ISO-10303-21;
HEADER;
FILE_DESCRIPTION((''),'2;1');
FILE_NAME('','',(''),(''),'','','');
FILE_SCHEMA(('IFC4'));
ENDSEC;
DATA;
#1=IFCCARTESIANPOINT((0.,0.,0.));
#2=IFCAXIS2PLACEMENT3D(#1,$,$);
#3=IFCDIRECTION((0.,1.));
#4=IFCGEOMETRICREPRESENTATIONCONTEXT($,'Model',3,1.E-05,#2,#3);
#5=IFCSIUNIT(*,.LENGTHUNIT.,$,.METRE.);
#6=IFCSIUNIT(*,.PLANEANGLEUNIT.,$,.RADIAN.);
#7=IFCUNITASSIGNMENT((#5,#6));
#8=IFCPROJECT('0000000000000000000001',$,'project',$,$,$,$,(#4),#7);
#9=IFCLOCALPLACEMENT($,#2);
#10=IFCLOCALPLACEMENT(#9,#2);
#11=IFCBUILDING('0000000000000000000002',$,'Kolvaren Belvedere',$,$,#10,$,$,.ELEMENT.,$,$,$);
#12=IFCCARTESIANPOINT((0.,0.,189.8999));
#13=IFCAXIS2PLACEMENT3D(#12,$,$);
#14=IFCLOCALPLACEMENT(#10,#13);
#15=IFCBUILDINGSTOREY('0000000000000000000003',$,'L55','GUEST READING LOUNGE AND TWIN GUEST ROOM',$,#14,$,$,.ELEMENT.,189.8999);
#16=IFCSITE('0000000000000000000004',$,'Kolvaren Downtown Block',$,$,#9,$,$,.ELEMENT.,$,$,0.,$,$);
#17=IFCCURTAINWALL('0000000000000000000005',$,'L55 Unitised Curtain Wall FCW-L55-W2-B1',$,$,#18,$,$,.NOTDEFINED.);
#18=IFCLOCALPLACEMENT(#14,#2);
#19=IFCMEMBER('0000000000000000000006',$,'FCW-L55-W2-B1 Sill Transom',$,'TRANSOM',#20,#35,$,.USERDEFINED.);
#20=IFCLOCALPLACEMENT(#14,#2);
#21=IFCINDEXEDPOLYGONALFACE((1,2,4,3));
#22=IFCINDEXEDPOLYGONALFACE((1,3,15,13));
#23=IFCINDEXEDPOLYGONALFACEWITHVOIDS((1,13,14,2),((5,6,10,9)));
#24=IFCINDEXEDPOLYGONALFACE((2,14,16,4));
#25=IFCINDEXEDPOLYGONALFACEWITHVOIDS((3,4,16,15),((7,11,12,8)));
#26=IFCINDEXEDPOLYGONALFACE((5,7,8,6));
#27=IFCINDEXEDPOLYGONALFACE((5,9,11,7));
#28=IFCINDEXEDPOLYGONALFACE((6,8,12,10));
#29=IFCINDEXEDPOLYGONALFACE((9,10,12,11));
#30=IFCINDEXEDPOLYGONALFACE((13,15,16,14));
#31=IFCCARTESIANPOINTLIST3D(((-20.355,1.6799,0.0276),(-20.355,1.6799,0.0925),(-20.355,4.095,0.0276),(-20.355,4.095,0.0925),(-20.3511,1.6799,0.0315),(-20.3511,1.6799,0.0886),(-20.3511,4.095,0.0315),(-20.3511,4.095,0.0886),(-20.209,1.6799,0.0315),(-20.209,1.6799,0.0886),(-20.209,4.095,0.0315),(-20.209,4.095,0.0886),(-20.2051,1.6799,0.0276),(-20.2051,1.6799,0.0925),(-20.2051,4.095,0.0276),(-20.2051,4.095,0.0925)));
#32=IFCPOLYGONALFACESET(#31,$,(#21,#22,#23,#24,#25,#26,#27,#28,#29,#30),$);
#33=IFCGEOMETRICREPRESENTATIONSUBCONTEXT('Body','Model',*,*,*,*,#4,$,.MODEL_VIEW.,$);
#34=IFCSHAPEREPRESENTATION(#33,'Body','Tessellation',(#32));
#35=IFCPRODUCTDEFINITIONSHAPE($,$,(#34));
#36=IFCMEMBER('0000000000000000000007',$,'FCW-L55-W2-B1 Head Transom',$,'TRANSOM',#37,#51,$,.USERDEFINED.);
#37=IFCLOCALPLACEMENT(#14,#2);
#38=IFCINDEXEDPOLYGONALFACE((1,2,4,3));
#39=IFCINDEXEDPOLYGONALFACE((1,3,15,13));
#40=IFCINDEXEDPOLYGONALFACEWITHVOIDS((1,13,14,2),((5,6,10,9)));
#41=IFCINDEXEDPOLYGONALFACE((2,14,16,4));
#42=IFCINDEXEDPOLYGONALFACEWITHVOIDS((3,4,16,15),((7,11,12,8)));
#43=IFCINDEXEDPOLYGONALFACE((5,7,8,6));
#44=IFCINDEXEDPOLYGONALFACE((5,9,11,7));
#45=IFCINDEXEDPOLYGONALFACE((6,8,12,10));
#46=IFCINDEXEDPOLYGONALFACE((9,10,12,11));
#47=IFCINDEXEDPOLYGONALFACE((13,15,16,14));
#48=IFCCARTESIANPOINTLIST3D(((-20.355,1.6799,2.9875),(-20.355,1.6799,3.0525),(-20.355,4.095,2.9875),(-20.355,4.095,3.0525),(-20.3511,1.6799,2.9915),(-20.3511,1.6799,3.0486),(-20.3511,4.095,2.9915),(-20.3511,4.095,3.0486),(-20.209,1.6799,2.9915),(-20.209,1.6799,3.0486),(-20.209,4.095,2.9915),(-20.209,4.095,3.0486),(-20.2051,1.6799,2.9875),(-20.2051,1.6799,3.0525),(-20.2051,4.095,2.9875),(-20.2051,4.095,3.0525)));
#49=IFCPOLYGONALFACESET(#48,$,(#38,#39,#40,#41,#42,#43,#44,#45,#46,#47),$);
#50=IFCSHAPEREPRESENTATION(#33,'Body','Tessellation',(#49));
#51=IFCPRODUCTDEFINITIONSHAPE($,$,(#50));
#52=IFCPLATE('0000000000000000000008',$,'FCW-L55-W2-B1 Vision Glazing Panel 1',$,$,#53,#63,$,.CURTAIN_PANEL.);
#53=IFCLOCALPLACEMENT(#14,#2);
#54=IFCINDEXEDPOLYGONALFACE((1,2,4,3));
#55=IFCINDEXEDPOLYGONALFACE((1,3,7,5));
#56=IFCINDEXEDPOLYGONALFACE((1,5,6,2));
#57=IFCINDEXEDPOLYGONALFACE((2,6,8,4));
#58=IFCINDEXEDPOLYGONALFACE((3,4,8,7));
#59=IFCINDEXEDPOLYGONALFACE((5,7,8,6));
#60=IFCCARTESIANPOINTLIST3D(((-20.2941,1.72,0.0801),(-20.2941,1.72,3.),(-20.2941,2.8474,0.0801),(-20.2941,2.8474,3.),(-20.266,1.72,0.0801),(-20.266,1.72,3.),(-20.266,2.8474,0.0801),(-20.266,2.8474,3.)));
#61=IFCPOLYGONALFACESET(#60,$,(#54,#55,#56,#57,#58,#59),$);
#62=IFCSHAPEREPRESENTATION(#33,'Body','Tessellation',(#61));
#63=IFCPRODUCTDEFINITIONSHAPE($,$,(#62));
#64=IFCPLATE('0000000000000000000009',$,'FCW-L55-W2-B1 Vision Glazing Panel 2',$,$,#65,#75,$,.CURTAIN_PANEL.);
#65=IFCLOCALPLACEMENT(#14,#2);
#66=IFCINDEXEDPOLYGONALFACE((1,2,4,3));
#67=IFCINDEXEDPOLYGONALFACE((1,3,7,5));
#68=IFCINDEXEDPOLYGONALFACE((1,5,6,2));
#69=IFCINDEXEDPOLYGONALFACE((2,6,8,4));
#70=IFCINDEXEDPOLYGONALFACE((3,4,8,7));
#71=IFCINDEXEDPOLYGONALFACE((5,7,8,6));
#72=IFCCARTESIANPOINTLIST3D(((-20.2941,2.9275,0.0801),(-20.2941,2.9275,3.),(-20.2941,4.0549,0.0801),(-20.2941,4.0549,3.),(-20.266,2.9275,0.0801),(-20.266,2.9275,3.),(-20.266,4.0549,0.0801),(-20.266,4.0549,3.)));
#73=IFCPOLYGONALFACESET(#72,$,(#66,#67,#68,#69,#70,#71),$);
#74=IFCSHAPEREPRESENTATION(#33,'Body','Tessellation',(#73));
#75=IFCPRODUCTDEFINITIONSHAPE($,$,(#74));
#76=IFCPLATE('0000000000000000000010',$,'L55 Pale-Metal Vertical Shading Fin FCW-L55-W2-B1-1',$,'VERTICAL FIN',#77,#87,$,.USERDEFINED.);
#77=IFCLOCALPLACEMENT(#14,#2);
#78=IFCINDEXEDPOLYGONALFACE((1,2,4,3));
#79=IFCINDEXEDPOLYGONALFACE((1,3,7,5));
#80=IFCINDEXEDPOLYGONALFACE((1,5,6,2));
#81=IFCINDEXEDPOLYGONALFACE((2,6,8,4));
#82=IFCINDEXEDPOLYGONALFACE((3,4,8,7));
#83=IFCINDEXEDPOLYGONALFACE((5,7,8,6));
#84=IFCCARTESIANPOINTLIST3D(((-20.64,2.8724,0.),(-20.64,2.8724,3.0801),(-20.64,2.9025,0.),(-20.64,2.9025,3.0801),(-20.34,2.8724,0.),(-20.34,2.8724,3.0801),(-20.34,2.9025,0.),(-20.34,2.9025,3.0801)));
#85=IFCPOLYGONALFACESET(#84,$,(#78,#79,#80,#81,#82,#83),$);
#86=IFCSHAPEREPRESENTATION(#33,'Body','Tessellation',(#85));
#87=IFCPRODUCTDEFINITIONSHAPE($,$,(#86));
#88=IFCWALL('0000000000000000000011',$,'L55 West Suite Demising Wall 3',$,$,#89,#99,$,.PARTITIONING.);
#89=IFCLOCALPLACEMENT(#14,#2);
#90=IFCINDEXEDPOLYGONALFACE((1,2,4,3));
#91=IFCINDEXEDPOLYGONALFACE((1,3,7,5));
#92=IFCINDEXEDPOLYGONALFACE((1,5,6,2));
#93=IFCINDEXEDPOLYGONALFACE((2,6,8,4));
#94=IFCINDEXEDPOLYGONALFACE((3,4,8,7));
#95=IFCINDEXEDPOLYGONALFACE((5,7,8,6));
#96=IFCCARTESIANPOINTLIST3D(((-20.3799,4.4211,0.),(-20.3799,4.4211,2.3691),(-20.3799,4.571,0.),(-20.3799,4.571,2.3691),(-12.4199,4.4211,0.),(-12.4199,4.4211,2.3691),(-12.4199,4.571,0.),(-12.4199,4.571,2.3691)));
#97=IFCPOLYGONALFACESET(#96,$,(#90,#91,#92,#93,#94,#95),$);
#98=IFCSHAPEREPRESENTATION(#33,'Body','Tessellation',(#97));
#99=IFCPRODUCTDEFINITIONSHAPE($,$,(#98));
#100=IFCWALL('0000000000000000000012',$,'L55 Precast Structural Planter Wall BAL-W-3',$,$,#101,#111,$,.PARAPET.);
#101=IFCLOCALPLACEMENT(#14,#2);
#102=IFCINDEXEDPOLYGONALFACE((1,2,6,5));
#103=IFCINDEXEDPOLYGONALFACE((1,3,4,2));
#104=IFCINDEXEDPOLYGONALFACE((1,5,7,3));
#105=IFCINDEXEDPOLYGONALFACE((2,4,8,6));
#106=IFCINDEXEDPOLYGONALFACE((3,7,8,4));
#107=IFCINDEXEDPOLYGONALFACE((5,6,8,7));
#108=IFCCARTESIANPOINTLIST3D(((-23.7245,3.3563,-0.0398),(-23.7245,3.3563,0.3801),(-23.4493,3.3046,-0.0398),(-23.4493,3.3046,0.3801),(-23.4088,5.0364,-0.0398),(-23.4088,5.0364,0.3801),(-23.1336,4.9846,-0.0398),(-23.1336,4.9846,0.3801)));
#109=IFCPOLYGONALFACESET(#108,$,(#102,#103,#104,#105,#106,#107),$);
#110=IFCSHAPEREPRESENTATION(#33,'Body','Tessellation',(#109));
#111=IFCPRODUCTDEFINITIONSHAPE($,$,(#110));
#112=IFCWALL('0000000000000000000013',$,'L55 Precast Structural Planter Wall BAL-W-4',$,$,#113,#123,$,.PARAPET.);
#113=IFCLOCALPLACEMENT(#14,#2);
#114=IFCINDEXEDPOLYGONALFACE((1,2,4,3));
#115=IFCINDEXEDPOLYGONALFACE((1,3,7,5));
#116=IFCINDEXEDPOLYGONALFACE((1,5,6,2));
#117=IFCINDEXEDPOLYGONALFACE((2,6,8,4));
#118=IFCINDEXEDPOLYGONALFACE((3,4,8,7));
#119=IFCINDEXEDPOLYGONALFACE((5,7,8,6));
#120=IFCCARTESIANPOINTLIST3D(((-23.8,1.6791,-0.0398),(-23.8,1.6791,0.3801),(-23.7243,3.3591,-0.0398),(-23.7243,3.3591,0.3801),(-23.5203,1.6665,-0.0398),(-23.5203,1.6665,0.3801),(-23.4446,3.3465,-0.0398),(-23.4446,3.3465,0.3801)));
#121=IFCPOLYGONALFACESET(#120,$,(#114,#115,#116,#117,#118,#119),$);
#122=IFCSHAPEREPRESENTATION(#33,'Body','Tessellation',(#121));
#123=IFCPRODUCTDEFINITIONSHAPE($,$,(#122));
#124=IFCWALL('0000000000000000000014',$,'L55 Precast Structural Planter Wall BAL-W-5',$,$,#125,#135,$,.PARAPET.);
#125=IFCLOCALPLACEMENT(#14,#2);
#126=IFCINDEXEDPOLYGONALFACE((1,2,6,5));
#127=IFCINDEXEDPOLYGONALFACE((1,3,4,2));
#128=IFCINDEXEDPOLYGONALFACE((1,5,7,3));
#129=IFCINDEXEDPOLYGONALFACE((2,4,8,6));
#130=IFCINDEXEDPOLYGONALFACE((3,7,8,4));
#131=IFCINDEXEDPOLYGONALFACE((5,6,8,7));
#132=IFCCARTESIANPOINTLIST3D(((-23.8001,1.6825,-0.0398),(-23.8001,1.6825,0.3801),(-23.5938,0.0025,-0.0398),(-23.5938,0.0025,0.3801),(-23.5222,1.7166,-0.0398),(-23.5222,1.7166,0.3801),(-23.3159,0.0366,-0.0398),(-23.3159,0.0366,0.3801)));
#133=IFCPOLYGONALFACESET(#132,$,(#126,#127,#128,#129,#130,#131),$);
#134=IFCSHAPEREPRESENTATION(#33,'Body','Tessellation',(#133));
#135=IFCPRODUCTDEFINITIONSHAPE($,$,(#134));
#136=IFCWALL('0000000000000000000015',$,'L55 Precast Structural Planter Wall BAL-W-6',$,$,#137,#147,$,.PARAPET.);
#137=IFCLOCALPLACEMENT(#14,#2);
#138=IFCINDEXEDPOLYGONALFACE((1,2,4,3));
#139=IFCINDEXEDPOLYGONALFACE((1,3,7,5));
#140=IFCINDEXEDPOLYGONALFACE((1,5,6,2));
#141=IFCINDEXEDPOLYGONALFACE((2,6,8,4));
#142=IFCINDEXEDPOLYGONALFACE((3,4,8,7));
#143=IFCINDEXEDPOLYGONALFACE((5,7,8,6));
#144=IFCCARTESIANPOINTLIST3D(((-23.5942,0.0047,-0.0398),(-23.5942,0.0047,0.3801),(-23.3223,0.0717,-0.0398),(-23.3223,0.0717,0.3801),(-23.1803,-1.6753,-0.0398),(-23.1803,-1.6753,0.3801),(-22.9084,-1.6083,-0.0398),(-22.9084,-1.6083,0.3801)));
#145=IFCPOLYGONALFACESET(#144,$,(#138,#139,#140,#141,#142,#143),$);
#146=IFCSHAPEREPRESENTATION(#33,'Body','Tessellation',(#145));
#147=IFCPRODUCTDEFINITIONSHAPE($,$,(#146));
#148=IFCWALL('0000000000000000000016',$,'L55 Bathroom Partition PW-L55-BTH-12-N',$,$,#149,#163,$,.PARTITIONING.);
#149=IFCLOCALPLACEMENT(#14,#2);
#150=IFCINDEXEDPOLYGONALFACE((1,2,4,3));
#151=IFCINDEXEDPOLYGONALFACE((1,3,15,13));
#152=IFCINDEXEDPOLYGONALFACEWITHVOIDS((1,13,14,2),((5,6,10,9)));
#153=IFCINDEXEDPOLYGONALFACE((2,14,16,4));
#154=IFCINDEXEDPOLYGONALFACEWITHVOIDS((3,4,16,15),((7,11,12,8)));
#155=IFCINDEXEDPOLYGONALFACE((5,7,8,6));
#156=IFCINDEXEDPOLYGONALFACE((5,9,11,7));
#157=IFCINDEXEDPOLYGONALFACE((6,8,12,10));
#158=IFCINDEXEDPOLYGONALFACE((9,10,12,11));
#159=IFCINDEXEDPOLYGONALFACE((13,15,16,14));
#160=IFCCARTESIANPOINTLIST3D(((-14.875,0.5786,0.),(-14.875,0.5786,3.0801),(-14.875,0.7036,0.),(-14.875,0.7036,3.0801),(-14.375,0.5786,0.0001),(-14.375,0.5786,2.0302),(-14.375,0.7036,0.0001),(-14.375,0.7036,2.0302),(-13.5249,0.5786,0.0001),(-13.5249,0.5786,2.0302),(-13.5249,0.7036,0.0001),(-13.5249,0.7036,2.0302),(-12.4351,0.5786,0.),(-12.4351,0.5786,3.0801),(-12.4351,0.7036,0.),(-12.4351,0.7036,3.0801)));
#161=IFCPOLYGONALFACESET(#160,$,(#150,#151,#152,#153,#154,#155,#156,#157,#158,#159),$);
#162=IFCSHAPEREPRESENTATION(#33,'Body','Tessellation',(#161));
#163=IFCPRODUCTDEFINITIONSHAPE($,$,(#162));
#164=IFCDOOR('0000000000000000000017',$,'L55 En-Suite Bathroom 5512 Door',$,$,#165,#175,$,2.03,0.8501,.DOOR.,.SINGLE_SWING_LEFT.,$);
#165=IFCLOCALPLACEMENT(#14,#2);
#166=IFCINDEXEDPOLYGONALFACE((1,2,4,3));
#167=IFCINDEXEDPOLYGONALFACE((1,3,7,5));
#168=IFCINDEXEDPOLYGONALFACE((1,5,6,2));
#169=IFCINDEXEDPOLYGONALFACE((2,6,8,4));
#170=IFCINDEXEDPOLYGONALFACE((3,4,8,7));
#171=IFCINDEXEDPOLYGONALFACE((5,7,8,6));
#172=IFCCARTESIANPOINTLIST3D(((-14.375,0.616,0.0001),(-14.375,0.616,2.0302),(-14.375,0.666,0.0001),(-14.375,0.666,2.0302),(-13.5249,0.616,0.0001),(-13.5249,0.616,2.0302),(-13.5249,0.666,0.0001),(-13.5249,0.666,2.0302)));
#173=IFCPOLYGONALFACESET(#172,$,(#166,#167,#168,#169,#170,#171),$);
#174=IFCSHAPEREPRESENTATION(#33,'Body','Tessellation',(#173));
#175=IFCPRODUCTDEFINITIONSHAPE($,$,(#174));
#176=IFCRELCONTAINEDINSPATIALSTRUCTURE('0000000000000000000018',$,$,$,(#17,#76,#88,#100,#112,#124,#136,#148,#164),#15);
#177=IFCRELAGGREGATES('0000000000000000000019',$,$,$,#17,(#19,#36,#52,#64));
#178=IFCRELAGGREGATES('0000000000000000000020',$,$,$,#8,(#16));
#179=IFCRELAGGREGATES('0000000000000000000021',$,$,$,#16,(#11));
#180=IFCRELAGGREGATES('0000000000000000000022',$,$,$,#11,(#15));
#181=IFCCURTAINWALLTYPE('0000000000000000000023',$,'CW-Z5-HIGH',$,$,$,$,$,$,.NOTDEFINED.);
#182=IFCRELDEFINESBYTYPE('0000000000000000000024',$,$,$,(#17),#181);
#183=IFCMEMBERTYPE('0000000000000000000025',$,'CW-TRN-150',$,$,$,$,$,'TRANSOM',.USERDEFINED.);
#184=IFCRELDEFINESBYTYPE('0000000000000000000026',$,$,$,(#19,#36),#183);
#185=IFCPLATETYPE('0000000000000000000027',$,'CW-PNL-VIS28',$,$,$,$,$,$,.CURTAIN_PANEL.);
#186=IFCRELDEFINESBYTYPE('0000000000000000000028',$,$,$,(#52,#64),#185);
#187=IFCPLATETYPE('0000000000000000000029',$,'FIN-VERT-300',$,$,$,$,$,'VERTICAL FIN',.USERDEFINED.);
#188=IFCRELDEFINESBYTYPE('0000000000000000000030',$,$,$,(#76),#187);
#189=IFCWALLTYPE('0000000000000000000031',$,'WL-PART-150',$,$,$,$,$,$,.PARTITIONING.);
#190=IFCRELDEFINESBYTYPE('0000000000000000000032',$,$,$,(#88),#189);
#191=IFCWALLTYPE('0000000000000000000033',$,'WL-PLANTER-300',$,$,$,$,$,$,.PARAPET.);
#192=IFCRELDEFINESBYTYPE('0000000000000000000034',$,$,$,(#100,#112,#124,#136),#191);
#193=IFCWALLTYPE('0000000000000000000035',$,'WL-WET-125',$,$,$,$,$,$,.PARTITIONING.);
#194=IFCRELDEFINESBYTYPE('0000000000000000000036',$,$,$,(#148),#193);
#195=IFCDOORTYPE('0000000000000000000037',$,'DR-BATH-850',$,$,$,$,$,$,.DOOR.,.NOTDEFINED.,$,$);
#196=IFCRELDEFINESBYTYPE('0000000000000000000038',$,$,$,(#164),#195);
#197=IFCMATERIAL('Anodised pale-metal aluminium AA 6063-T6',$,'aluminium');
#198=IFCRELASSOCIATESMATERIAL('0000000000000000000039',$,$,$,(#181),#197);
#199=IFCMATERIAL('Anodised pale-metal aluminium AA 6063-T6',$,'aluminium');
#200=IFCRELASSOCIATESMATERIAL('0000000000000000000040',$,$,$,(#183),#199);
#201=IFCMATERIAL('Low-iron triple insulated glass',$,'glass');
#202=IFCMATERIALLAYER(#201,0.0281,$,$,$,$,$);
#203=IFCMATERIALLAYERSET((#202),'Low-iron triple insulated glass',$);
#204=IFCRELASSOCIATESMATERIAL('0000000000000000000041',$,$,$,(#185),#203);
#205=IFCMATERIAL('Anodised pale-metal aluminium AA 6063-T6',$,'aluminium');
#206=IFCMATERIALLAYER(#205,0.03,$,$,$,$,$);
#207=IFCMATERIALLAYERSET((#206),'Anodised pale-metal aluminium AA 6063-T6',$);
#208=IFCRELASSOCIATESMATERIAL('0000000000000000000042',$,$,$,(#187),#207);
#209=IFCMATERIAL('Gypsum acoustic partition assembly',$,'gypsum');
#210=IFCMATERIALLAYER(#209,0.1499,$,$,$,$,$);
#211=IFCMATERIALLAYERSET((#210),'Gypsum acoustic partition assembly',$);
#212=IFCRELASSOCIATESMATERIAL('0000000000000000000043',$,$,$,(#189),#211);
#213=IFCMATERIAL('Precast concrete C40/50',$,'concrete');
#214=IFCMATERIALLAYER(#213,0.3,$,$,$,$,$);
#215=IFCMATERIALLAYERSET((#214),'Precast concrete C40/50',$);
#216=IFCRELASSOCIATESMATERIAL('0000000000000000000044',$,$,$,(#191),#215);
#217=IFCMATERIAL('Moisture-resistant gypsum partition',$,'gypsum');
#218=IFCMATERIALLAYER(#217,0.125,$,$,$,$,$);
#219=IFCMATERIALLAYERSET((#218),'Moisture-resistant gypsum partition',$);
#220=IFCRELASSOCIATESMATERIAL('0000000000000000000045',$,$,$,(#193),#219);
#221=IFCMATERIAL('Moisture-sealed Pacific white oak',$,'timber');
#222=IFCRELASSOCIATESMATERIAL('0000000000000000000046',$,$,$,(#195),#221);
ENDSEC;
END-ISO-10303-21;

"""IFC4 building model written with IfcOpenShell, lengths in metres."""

from ifc_helpers import new_model, si_unit, direction, frame, frame_2d, origin, origin_2d, place, context, subcontext, project, spatial, rectangle, hollow_rectangle, extrude, material, layer, layer_set, material_profile, profile_set, type_object, element, fill, aggregate, save


model = new_model("IFC4")

# Units and contexts
model_context = context("Model", 3, precision=1e-05, world=origin(), true_north=direction((0.0, 1.0)))
body_context = subcontext(model_context, "Body", "Model", "MODEL_VIEW")
ifc_project = project(units=[si_unit("LENGTHUNIT", "METRE"), si_unit("PLANEANGLEUNIT", "RADIAN")], contexts=[model_context])

# Site, building, storey
site_placement = place(None, origin())
site = spatial("IfcSite", under=ifc_project, at=site_placement, Name="Kolvaren Downtown Block", CompositionType="ELEMENT", RefElevation=0.0)
building_placement = place(site_placement, origin())
building = spatial("IfcBuilding", under=site, at=building_placement, Name="Kolvaren Belvedere", CompositionType="ELEMENT")
storey_placement = place(building_placement, frame((0.0, 0.0, 189.8999)))
storey = spatial("IfcBuildingStorey", under=building, at=storey_placement, Name="L55", Description="GUEST READING LOUNGE AND TWIN GUEST ROOM", CompositionType="ELEMENT", Elevation=189.8999)

# Curtain wall
ifc_material_1 = material(Name="Anodised pale-metal aluminium AA 6063-T6", Category="aluminium")
curtain_wall_type = type_object("IfcCurtainWallType", Name="CW-Z5-HIGH", PredefinedType="NOTDEFINED", material=ifc_material_1)
curtain_wall_1_placement = place(storey_placement, origin())
curtain_wall_1 = element("IfcCurtainWall", 1, at=curtain_wall_1_placement, inside=storey, type_object=curtain_wall_type, Name="L55 Unitised Curtain Wall FCW-L55-W2-B1", PredefinedType="NOTDEFINED")

# Members
ifc_material_2 = material(Name="Anodised pale-metal aluminium AA 6063-T6", Category="aluminium")
ifc_material_profile_1 = material_profile(ifc_material_2, hollow_rectangle(XDim=0.0649, YDim=0.1499, WallThickness=0.0039, at=origin_2d()), Name="ALU-TRN-150X65")
ifc_profile_set_1 = profile_set([ifc_material_profile_1], Name="Anodised pale-metal aluminium AA 6063-T6")
member_type_1 = type_object("IfcMemberType", Name="CW-TRN-150", ElementType="TRANSOM", PredefinedType="USERDEFINED", material=ifc_profile_set_1)
member_1_placement = place(storey_placement, frame((-20.28, 1.6799, 0.0601), z_axis=(0.0, 1.0, 0.0), x_axis=(0.0, 0.0, 1.0)))
member_1 = element("IfcMember", 2, at=member_1_placement, type_object=member_type_1, Name="FCW-L55-W2-B1 Sill Transom", ObjectType="TRANSOM", PredefinedType="USERDEFINED", context=body_context, shape_type="SweptSolid", body=[
    extrude(hollow_rectangle(XDim=0.0649, YDim=0.1499, WallThickness=0.0039, at=origin_2d()), origin(), (0.0, 0.0, 1.0), 2.415),
])
member_2_placement = place(storey_placement, frame((-20.28, 1.6799, 3.02), z_axis=(0.0, 1.0, 0.0), x_axis=(0.0, 0.0, 1.0)))
member_2 = element("IfcMember", 3, at=member_2_placement, type_object=member_type_1, Name="FCW-L55-W2-B1 Head Transom", ObjectType="TRANSOM", PredefinedType="USERDEFINED", context=body_context, shape_type="SweptSolid", body=[
    extrude(hollow_rectangle(XDim=0.0649, YDim=0.1499, WallThickness=0.0039, at=origin_2d()), origin(), (0.0, 0.0, 1.0), 2.415),
])

# Plates
ifc_material_3 = material(Name="Low-iron triple insulated glass", Category="glass")
ifc_layer_1 = layer(ifc_material_3, 0.0281)
ifc_layer_set_1 = layer_set([ifc_layer_1], Name="Low-iron triple insulated glass")
plate_type_1 = type_object("IfcPlateType", Name="CW-PNL-VIS28", PredefinedType="CURTAIN_PANEL", material=ifc_layer_set_1)
plate_1_placement = place(storey_placement, frame((-20.28, 2.2837, 0.0801), z_axis=(0.0, 0.0, 1.0), x_axis=(0.0, 1.0, 0.0)))
plate_1 = element("IfcPlate", 4, at=plate_1_placement, type_object=plate_type_1, Name="FCW-L55-W2-B1 Vision Glazing Panel 1", PredefinedType="CURTAIN_PANEL", context=body_context, shape_type="SweptSolid", body=[
    extrude(rectangle(XDim=1.1274, YDim=0.0281, at=origin_2d()), origin(), (0.0, 0.0, 1.0), 2.9199),
])
plate_2_placement = place(storey_placement, frame((-20.28, 3.4912, 0.0801), z_axis=(0.0, 0.0, 1.0), x_axis=(0.0, 1.0, 0.0)))
plate_2 = element("IfcPlate", 5, at=plate_2_placement, type_object=plate_type_1, Name="FCW-L55-W2-B1 Vision Glazing Panel 2", PredefinedType="CURTAIN_PANEL", context=body_context, shape_type="SweptSolid", body=[
    extrude(rectangle(XDim=1.1274, YDim=0.0281, at=origin_2d()), origin(), (0.0, 0.0, 1.0), 2.9199),
])
aggregate(curtain_wall_1, [member_1, member_2, plate_1, plate_2])
ifc_material_4 = material(Name="Anodised pale-metal aluminium AA 6063-T6", Category="aluminium")
ifc_layer_2 = layer(ifc_material_4, 0.03)
ifc_layer_set_2 = layer_set([ifc_layer_2], Name="Anodised pale-metal aluminium AA 6063-T6")
plate_type_2 = type_object("IfcPlateType", Name="FIN-VERT-300", ElementType="VERTICAL FIN", PredefinedType="USERDEFINED", material=ifc_layer_set_2)
plate_3_placement = place(storey_placement, frame((-20.49, 2.8875, 0.0), z_axis=(0.0, 0.0, 1.0), x_axis=(1.0, 0.0, 0.0)))
element("IfcPlate", 6, at=plate_3_placement, inside=storey, type_object=plate_type_2, Name="L55 Pale-Metal Vertical Shading Fin FCW-L55-W2-B1-1", ObjectType="VERTICAL FIN", PredefinedType="USERDEFINED", context=body_context, shape_type="SweptSolid", body=[
    extrude(rectangle(XDim=0.3, YDim=0.03, at=origin_2d()), origin(), (0.0, 0.0, 1.0), 3.0801),
])

# Walls
ifc_material_5 = material(Name="Gypsum acoustic partition assembly", Category="gypsum")
ifc_layer_3 = layer(ifc_material_5, 0.1499)
ifc_layer_set_3 = layer_set([ifc_layer_3], Name="Gypsum acoustic partition assembly")
wall_type_1 = type_object("IfcWallType", Name="WL-PART-150", PredefinedType="PARTITIONING", material=ifc_layer_set_3)
wall_1_placement = place(storey_placement, frame((-20.3799, 4.4961, 0.0), z_axis=(0.0, 0.0, 1.0), x_axis=(1.0, 0.0, 0.0)))
element("IfcWall", 7, at=wall_1_placement, inside=storey, type_object=wall_type_1, Name="L55 West Suite Demising Wall 3", PredefinedType="PARTITIONING", context=body_context, shape_type="SweptSolid", body=[
    extrude(rectangle(XDim=7.96, YDim=0.1499, at=frame_2d((3.98, 0.0))), origin(), (0.0, 0.0, 1.0), 2.3691),
])
ifc_material_6 = material(Name="Precast concrete C40/50", Category="concrete")
ifc_layer_4 = layer(ifc_material_6, 0.3)
ifc_layer_set_4 = layer_set([ifc_layer_4], Name="Precast concrete C40/50")
wall_type_2 = type_object("IfcWallType", Name="WL-PLANTER-300", PredefinedType="PARAPET", material=ifc_layer_set_4)
wall_2_placement = place(storey_placement, frame((-23.2712, 5.0105, -0.0398), z_axis=(0.0, 0.0, 1.0), x_axis=(-0.184651, -0.982804, 0.0)))
element("IfcWall", 8, at=wall_2_placement, inside=storey, type_object=wall_type_2, Name="L55 Precast Structural Planter Wall BAL-W-3", PredefinedType="PARAPET", context=body_context, shape_type="SweptSolid", body=[
    extrude(rectangle(XDim=1.7095, YDim=0.28, at=frame_2d((0.8547, 0.0))), origin(), (0.0, 0.0, 1.0), 0.4199),
])
wall_3_placement = place(storey_placement, frame((-23.5845, 3.3528, -0.0398), z_axis=(0.0, 0.0, 1.0), x_axis=(-0.045006, -0.998987, 0.0)))
element("IfcWall", 9, at=wall_3_placement, inside=storey, type_object=wall_type_2, Name="L55 Precast Structural Planter Wall BAL-W-4", PredefinedType="PARAPET", context=body_context, shape_type="SweptSolid", body=[
    extrude(rectangle(XDim=1.6816, YDim=0.28, at=frame_2d((0.8408, 0.0))), origin(), (0.0, 0.0, 1.0), 0.4199),
])
wall_4_placement = place(storey_placement, frame((-23.6611, 1.6995, -0.0398), z_axis=(0.0, 0.0, 1.0), x_axis=(0.121886, -0.992544, 0.0)))
element("IfcWall", 10, at=wall_4_placement, inside=storey, type_object=wall_type_2, Name="L55 Precast Structural Planter Wall BAL-W-5", PredefinedType="PARAPET", context=body_context, shape_type="SweptSolid", body=[
    extrude(rectangle(XDim=1.6926, YDim=0.28, at=frame_2d((0.8462, 0.0))), origin(), (0.0, 0.0, 1.0), 0.4199),
])
wall_5_placement = place(storey_placement, frame((-23.4583, 0.0383, -0.0398), z_axis=(0.0, 0.0, 1.0), x_axis=(0.239181, -0.970975, 0.0)))
element("IfcWall", 11, at=wall_5_placement, inside=storey, type_object=wall_type_2, Name="L55 Precast Structural Planter Wall BAL-W-6", PredefinedType="PARAPET", context=body_context, shape_type="SweptSolid", body=[
    extrude(rectangle(XDim=1.7302, YDim=0.28, at=frame_2d((0.8652, 0.0))), origin(), (0.0, 0.0, 1.0), 0.4199),
])

# Wall, opening, door
ifc_material_7 = material(Name="Moisture-resistant gypsum partition", Category="gypsum")
ifc_layer_5 = layer(ifc_material_7, 0.125)
ifc_layer_set_5 = layer_set([ifc_layer_5], Name="Moisture-resistant gypsum partition")
wall_type_3 = type_object("IfcWallType", Name="WL-WET-125", PredefinedType="PARTITIONING", material=ifc_layer_set_5)
wall_6_placement = place(storey_placement, frame((-14.875, 0.6411, 0.0), z_axis=(0.0, 0.0, 1.0), x_axis=(1.0, 0.0, 0.0)))
wall_6 = element("IfcWall", 12, at=wall_6_placement, inside=storey, type_object=wall_type_3, Name="L55 Bathroom Partition PW-L55-BTH-12-N", PredefinedType="PARTITIONING", context=body_context, shape_type="SweptSolid", body=[
    extrude(rectangle(XDim=2.4399, YDim=0.125, at=frame_2d((1.22, 0.0))), origin(), (0.0, 0.0, 1.0), 3.0801),
])
opening_placement = place(wall_6_placement, frame((0.5, 0.0, 0.0)))
opening = element("IfcOpeningElement", 13, at=opening_placement, cuts=wall_6, PredefinedType="OPENING", context=body_context, shape_type="SweptSolid", body=[
    extrude(rectangle(XDim=0.8501, YDim=2.03, at=frame_2d((0.425, 1.0151))), frame((0.0, 0.0725, 0.0), z_axis=(0.0, -1.0, 0.0), x_axis=(1.0, 0.0, 0.0)), (0.0, 0.0, 1.0), 0.145),
])
ifc_material_8 = material(Name="Moisture-sealed Pacific white oak", Category="timber")
door_type = type_object("IfcDoorType", Name="DR-BATH-850", OperationType="NOTDEFINED", PredefinedType="DOOR", material=ifc_material_8)
door_placement = place(opening_placement, origin())
door = element("IfcDoor", 14, at=door_placement, inside=storey, type_object=door_type, Name="L55 En-Suite Bathroom 5512 Door", OperationType="SINGLE_SWING_LEFT", OverallHeight=2.03, OverallWidth=0.8501, PredefinedType="DOOR", context=body_context, shape_type="SweptSolid", body=[
    extrude(rectangle(XDim=0.8501, YDim=2.03, at=frame_2d((0.425, 1.0151))), frame((0.0, 0.0249, 0.0), z_axis=(0.0, -1.0, 0.0), x_axis=(1.0, 0.0, 0.0)), (0.0, 0.0, 1.0), 0.05),
])
fill(opening, door)

save(model, "model.ifc")
